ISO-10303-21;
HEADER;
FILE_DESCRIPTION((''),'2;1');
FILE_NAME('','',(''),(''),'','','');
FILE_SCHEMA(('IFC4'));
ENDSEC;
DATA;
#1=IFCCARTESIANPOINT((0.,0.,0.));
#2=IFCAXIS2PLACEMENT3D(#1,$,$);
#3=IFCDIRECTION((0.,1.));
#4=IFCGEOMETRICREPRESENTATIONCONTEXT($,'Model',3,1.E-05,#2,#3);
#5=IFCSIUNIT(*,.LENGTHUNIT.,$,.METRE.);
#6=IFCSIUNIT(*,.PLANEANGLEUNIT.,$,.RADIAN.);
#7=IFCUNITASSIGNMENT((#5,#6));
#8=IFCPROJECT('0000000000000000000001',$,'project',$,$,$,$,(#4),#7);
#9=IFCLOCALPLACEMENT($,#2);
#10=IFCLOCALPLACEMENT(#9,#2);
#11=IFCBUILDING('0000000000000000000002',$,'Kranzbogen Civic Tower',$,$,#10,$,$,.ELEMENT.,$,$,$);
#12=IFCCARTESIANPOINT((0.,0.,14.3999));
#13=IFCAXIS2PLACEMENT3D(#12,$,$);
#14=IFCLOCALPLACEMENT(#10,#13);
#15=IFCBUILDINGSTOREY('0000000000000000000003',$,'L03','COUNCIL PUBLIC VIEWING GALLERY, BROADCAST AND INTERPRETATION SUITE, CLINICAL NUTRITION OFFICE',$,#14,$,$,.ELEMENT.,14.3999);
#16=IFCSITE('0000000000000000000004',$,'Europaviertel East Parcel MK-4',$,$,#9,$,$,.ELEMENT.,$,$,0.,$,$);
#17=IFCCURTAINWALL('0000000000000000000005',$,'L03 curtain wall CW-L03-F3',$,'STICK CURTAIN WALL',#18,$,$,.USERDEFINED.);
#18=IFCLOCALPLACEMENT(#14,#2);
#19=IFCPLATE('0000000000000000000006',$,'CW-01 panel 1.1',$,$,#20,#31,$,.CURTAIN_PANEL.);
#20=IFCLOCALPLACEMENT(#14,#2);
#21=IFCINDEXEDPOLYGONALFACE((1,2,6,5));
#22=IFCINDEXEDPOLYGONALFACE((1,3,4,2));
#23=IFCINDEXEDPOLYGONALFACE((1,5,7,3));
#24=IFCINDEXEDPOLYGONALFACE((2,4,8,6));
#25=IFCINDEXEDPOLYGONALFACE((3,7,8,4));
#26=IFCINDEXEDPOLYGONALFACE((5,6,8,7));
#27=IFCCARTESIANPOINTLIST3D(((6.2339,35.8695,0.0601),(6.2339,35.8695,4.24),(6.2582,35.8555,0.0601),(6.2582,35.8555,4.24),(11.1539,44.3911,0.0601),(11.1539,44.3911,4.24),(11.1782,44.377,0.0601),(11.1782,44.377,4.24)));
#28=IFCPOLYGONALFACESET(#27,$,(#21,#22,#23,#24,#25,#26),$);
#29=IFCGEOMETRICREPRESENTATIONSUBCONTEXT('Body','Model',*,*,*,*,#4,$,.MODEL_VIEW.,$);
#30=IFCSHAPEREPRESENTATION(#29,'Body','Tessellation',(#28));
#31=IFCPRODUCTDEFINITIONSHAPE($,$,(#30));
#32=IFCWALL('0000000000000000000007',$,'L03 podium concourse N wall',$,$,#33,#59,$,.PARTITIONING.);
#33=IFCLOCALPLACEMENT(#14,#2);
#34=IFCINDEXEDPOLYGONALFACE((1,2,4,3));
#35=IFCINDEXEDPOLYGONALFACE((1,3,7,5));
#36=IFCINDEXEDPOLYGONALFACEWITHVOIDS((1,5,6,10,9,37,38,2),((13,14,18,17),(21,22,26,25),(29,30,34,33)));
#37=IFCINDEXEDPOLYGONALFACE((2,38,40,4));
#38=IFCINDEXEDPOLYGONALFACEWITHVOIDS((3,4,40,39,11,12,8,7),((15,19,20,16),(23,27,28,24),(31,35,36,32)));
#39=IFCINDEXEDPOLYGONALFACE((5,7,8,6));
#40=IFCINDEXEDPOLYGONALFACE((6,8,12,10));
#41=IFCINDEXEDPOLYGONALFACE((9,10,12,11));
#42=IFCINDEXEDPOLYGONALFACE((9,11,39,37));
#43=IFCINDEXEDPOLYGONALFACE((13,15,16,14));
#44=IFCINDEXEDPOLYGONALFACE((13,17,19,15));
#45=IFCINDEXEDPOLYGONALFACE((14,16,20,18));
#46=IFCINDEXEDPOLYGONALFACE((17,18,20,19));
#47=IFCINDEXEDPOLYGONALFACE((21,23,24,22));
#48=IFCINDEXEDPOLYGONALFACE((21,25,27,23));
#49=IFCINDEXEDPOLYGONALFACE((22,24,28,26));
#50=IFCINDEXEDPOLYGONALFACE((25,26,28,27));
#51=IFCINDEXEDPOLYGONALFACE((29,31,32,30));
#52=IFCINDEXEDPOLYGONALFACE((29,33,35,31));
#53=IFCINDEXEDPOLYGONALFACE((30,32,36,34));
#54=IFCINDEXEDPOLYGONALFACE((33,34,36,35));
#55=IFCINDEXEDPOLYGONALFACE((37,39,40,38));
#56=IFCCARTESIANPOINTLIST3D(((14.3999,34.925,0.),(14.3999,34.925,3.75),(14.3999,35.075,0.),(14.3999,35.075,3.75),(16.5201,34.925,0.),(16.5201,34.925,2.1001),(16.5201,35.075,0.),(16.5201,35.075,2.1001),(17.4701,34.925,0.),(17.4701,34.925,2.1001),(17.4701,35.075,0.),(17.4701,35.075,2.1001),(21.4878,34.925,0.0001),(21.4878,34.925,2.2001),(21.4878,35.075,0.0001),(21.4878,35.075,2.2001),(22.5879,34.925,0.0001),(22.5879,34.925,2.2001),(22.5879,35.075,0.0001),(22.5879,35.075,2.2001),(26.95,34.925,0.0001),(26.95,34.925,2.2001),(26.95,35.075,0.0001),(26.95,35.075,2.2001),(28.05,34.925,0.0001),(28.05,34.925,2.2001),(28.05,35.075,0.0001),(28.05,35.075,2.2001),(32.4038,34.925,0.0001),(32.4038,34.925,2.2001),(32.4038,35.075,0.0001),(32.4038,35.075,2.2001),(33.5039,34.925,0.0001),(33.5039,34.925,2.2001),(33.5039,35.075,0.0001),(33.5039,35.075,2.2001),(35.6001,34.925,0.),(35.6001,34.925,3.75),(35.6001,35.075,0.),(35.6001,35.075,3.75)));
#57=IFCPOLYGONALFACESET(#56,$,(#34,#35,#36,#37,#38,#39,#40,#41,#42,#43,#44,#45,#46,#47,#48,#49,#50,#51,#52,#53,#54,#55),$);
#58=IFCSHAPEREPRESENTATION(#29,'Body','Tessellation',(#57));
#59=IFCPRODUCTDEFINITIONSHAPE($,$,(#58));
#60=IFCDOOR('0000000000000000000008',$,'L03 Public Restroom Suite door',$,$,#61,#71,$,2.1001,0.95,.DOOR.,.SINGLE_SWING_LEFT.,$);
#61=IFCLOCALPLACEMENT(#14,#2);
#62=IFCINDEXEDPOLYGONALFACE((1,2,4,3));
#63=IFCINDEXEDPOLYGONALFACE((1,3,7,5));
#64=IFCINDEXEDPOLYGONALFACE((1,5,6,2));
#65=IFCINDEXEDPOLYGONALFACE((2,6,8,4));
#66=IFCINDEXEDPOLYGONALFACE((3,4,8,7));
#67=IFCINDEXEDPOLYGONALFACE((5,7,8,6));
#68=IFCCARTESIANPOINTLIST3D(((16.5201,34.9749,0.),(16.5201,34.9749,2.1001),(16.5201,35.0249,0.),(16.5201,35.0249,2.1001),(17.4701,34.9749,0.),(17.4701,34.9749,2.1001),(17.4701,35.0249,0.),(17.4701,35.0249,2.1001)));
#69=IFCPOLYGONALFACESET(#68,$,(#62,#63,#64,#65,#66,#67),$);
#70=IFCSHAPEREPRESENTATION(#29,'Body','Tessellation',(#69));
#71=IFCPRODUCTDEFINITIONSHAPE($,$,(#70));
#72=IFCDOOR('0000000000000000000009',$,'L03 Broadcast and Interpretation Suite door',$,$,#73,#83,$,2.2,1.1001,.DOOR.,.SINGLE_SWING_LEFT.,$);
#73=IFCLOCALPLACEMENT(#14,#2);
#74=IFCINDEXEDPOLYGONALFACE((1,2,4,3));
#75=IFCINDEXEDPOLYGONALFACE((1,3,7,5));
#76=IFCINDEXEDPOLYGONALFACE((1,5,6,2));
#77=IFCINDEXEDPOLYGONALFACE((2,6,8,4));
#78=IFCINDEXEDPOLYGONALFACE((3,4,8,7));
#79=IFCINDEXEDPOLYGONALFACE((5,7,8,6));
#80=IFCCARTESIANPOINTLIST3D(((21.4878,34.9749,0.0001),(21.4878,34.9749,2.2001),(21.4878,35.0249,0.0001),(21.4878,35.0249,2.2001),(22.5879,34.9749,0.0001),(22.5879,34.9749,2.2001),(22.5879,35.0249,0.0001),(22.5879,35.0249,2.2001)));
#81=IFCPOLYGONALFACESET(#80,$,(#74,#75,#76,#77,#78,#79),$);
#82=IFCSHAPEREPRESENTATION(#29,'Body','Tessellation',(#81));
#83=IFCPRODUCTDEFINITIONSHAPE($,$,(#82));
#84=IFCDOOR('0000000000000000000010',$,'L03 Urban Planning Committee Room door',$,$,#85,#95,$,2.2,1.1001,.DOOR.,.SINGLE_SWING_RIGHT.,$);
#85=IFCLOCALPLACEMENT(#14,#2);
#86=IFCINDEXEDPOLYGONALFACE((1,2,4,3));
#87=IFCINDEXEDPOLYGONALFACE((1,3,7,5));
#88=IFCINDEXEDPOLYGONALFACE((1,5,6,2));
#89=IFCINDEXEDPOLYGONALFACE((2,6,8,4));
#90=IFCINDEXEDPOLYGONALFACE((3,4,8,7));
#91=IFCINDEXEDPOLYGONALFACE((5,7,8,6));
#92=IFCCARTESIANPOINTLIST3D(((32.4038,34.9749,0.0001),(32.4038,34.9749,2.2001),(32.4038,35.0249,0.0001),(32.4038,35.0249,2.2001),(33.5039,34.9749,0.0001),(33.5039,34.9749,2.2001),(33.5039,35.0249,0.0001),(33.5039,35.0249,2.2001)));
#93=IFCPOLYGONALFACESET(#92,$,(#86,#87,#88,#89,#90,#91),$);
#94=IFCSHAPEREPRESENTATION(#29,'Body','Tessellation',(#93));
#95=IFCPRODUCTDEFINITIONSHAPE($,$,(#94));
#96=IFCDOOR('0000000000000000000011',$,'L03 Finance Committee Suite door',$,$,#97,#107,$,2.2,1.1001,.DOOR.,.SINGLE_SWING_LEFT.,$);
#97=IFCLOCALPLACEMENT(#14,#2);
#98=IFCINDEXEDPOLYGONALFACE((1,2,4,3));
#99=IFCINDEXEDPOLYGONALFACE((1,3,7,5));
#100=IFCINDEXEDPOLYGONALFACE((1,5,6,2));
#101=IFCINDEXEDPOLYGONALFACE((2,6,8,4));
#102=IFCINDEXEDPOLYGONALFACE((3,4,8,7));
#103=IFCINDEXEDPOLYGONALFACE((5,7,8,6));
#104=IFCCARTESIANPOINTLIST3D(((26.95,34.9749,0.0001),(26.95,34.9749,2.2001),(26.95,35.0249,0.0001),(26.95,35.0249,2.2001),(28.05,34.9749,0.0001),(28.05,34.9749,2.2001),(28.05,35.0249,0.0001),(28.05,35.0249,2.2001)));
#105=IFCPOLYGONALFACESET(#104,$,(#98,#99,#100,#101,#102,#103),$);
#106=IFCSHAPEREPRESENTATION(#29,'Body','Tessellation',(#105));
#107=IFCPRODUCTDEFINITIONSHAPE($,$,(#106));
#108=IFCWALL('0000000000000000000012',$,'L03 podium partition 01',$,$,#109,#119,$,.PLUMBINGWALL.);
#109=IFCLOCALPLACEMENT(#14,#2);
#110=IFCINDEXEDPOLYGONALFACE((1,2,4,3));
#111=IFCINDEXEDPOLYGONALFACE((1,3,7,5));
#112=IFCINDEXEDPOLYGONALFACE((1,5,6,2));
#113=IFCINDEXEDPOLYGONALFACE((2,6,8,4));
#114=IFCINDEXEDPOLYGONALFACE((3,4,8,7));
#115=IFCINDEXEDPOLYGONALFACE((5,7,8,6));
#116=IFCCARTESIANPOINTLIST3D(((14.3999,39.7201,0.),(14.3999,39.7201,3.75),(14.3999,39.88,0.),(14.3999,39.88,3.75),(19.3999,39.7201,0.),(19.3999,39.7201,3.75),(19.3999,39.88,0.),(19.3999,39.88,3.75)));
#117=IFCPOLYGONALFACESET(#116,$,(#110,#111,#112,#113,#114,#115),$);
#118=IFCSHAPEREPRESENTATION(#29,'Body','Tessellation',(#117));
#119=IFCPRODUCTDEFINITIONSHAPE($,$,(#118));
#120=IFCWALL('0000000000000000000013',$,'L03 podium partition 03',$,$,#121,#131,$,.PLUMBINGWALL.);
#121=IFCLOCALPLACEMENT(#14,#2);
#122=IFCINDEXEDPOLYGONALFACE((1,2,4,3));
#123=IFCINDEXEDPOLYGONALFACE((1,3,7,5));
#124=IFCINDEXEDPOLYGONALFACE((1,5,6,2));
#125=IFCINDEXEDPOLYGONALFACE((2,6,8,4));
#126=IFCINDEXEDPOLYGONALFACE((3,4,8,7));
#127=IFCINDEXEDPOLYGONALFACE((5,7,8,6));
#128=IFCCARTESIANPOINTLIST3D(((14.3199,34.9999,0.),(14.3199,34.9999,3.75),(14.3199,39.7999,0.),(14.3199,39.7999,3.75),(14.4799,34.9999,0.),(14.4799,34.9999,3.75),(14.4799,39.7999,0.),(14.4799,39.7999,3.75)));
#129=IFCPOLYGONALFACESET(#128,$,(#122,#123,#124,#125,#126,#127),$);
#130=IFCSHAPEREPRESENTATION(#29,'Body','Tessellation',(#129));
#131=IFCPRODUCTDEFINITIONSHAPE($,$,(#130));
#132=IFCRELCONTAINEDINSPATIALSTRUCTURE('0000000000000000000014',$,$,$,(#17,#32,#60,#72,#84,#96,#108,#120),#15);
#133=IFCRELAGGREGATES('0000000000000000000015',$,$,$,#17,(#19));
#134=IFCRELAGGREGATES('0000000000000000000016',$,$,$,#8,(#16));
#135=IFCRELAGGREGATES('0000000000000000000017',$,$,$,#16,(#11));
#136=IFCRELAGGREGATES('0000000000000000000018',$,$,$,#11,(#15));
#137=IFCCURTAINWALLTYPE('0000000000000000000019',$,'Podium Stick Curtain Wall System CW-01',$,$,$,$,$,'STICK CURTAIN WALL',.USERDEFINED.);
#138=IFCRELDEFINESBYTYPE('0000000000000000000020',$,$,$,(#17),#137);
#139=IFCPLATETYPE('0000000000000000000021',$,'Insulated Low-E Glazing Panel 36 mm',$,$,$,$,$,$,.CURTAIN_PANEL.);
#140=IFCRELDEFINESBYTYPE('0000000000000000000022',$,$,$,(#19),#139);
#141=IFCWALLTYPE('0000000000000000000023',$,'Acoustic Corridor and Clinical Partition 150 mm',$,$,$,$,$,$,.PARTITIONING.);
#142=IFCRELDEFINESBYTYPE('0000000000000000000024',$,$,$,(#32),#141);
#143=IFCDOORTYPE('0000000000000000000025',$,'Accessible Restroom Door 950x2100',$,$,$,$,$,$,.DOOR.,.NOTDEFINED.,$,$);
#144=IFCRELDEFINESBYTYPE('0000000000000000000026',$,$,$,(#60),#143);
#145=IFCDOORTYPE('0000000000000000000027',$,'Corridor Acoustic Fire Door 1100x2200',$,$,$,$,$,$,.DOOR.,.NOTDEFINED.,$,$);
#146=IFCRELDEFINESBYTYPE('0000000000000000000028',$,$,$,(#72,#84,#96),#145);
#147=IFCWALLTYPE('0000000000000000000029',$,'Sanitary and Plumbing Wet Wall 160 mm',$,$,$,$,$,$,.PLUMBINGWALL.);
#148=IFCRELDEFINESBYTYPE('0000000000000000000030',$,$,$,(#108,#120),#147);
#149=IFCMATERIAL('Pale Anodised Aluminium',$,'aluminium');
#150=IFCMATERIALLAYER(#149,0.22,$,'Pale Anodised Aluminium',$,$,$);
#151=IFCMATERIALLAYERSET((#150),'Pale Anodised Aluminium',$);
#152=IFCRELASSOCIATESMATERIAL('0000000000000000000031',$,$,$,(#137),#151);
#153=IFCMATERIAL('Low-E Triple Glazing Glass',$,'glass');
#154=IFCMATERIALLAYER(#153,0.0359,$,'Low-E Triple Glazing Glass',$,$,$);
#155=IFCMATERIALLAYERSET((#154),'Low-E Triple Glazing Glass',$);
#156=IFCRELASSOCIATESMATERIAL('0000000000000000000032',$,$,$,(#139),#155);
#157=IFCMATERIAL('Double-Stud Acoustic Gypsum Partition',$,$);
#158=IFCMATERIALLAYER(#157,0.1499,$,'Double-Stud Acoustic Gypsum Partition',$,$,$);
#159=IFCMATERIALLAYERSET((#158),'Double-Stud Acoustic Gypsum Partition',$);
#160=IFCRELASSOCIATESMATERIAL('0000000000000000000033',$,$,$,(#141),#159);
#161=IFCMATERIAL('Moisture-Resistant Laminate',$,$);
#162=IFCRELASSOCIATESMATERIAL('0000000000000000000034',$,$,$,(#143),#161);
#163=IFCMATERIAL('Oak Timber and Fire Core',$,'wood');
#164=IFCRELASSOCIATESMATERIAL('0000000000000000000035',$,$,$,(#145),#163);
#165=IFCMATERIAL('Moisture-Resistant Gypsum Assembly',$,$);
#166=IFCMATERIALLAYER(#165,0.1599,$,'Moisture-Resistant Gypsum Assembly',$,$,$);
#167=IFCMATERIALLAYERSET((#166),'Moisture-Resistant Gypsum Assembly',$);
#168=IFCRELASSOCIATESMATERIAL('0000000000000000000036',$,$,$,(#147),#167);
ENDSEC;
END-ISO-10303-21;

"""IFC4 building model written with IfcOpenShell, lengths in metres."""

from ifc_helpers import new_model, si_unit, direction, frame, frame_2d, origin, origin_2d, place, context, subcontext, project, spatial, rectangle, extrude, material, layer, layer_set, type_object, element, fill, aggregate, save


model = new_model("IFC4")

# Units and contexts
model_context = context("Model", 3, precision=1e-05, world=origin(), true_north=direction((0.0, 1.0)))
body_context = subcontext(model_context, "Body", "Model", "MODEL_VIEW")
ifc_project = project(units=[si_unit("LENGTHUNIT", "METRE"), si_unit("PLANEANGLEUNIT", "RADIAN")], contexts=[model_context])

# Site, building, storey
site_placement = place(None, origin())
site = spatial("IfcSite", under=ifc_project, at=site_placement, Name="Europaviertel East Parcel MK-4", CompositionType="ELEMENT", RefElevation=0.0)
building_placement = place(site_placement, origin())
building = spatial("IfcBuilding", under=site, at=building_placement, Name="Kranzbogen Civic Tower", CompositionType="ELEMENT")
storey_placement = place(building_placement, frame((0.0, 0.0, 14.3999)))
storey = spatial("IfcBuildingStorey", under=building, at=storey_placement, Name="L03", Description="COUNCIL PUBLIC VIEWING GALLERY, BROADCAST AND INTERPRETATION SUITE, CLINICAL NUTRITION OFFICE", CompositionType="ELEMENT", Elevation=14.3999)

# Shared definitions
ifc_material_1 = material(Name="Pale Anodised Aluminium", Category="aluminium")

# Shared definitions
ifc_layer_1 = layer(ifc_material_1, 0.22, Name="Pale Anodised Aluminium")
ifc_layer_set_1 = layer_set([ifc_layer_1], Name="Pale Anodised Aluminium")
curtain_wall_type_1 = type_object("IfcCurtainWallType", Name="Podium Stick Curtain Wall System CW-01", ElementType="STICK CURTAIN WALL", PredefinedType="USERDEFINED", material=ifc_layer_set_1)

# Curtain wall
curtain_wall_1_placement = place(storey_placement, origin())
curtain_wall_1 = element("IfcCurtainWall", 1, at=curtain_wall_1_placement, inside=storey, type_object=curtain_wall_type_1, Name="L03 curtain wall CW-L03-F3", ObjectType="STICK CURTAIN WALL", PredefinedType="USERDEFINED")

# Plate
ifc_material_2 = material(Name="Low-E Triple Glazing Glass", Category="glass")
ifc_layer_2 = layer(ifc_material_2, 0.0359, Name="Low-E Triple Glazing Glass")
ifc_layer_set_2 = layer_set([ifc_layer_2], Name="Low-E Triple Glazing Glass")
plate_type_1 = type_object("IfcPlateType", Name="Insulated Low-E Glazing Panel 36 mm", PredefinedType="CURTAIN_PANEL", material=ifc_layer_set_2)
plate_1_placement = place(storey_placement, frame((8.7061, 40.1233, 0.0601), z_axis=(0.0, 0.0, 1.0), x_axis=(-0.500006, -0.866022, 0.0)))
plate_1 = element("IfcPlate", 2, at=plate_1_placement, type_object=plate_type_1, Name="CW-01 panel 1.1", PredefinedType="CURTAIN_PANEL", context=body_context, shape_type="SweptSolid", body=[
    extrude(rectangle(XDim=9.8398, YDim=0.0281, at=origin_2d()), origin(), (0.0, 0.0, 1.0), 4.1799),
])
aggregate(curtain_wall_1, [plate_1])

# Wall, openings, doors
ifc_material_3 = material(Name="Double-Stud Acoustic Gypsum Partition")
ifc_layer_3 = layer(ifc_material_3, 0.1499, Name="Double-Stud Acoustic Gypsum Partition")
ifc_layer_set_3 = layer_set([ifc_layer_3], Name="Double-Stud Acoustic Gypsum Partition")
wall_type_1 = type_object("IfcWallType", Name="Acoustic Corridor and Clinical Partition 150 mm", PredefinedType="PARTITIONING", material=ifc_layer_set_3)
wall_1_placement = place(storey_placement, frame((14.3999, 35.0, 0.0), z_axis=(0.0, 0.0, 1.0), x_axis=(1.0, 0.0, 0.0)))
wall_1 = element("IfcWall", 3, at=wall_1_placement, inside=storey, type_object=wall_type_1, Name="L03 podium concourse N wall", PredefinedType="PARTITIONING", context=body_context, shape_type="SweptSolid", body=[
    extrude(rectangle(XDim=21.2002, YDim=0.1499, at=frame_2d((10.6001, 0.0))), origin(), (0.0, 0.0, 1.0), 3.75),
])
opening_1_placement = place(wall_1_placement, frame((2.1201, 0.0, 0.0)))
opening_1 = element("IfcOpeningElement", 4, at=opening_1_placement, cuts=wall_1, PredefinedType="OPENING", context=body_context, shape_type="SweptSolid", body=[
    extrude(rectangle(XDim=0.95, YDim=2.1001, at=frame_2d((0.4751, 1.05))), frame((0.0, 0.085, 0.0), z_axis=(0.0, -1.0, 0.0), x_axis=(1.0, 0.0, 0.0)), (0.0, 0.0, 1.0), 0.1699),
])
opening_2_placement = place(wall_1_placement, frame((7.0879, 0.0, 0.0)))
opening_2 = element("IfcOpeningElement", 5, at=opening_2_placement, cuts=wall_1, PredefinedType="OPENING", context=body_context, shape_type="SweptSolid", body=[
    extrude(rectangle(XDim=1.1001, YDim=2.2, at=frame_2d((0.55, 1.1001))), frame((0.0, 0.085, 0.0), z_axis=(0.0, -1.0, 0.0), x_axis=(1.0, 0.0, 0.0)), (0.0, 0.0, 1.0), 0.1699),
])
opening_3_placement = place(wall_1_placement, frame((18.0039, 0.0, 0.0)))
opening_3 = element("IfcOpeningElement", 6, at=opening_3_placement, cuts=wall_1, PredefinedType="OPENING", context=body_context, shape_type="SweptSolid", body=[
    extrude(rectangle(XDim=1.1001, YDim=2.2, at=frame_2d((0.55, 1.1001))), frame((0.0, 0.085, 0.0), z_axis=(0.0, -1.0, 0.0), x_axis=(1.0, 0.0, 0.0)), (0.0, 0.0, 1.0), 0.1699),
])
opening_4_placement = place(wall_1_placement, frame((12.55, 0.0, 0.0)))
opening_4 = element("IfcOpeningElement", 7, at=opening_4_placement, cuts=wall_1, PredefinedType="OPENING", context=body_context, shape_type="SweptSolid", body=[
    extrude(rectangle(XDim=1.1001, YDim=2.2, at=frame_2d((0.55, 1.1001))), frame((0.0, 0.085, 0.0), z_axis=(0.0, -1.0, 0.0), x_axis=(1.0, 0.0, 0.0)), (0.0, 0.0, 1.0), 0.1699),
])
ifc_material_4 = material(Name="Moisture-Resistant Laminate")
door_type_1 = type_object("IfcDoorType", Name="Accessible Restroom Door 950x2100", OperationType="NOTDEFINED", PredefinedType="DOOR", material=ifc_material_4)
door_1_placement = place(opening_1_placement, origin())
door_1 = element("IfcDoor", 8, at=door_1_placement, inside=storey, type_object=door_type_1, Name="L03 Public Restroom Suite door", OperationType="SINGLE_SWING_LEFT", OverallHeight=2.1001, OverallWidth=0.95, PredefinedType="DOOR", context=body_context, shape_type="SweptSolid", body=[
    extrude(rectangle(XDim=0.95, YDim=2.1001, at=frame_2d((0.4751, 1.05))), frame((0.0, 0.0249, 0.0), z_axis=(0.0, -1.0, 0.0), x_axis=(1.0, 0.0, 0.0)), (0.0, 0.0, 1.0), 0.05),
])
fill(opening_1, door_1)
ifc_material_5 = material(Name="Oak Timber and Fire Core", Category="wood")
door_type_2 = type_object("IfcDoorType", Name="Corridor Acoustic Fire Door 1100x2200", OperationType="NOTDEFINED", PredefinedType="DOOR", material=ifc_material_5)
door_2_placement = place(opening_2_placement, origin())
door_2 = element("IfcDoor", 9, at=door_2_placement, inside=storey, type_object=door_type_2, Name="L03 Broadcast and Interpretation Suite door", OperationType="SINGLE_SWING_LEFT", OverallHeight=2.2, OverallWidth=1.1001, PredefinedType="DOOR", context=body_context, shape_type="SweptSolid", body=[
    extrude(rectangle(XDim=1.1001, YDim=2.2, at=frame_2d((0.55, 1.1001))), frame((0.0, 0.0249, 0.0), z_axis=(0.0, -1.0, 0.0), x_axis=(1.0, 0.0, 0.0)), (0.0, 0.0, 1.0), 0.05),
])
fill(opening_2, door_2)
door_3_placement = place(opening_3_placement, origin())
door_3 = element("IfcDoor", 10, at=door_3_placement, inside=storey, type_object=door_type_2, Name="L03 Urban Planning Committee Room door", OperationType="SINGLE_SWING_RIGHT", OverallHeight=2.2, OverallWidth=1.1001, PredefinedType="DOOR", context=body_context, shape_type="SweptSolid", body=[
    extrude(rectangle(XDim=1.1001, YDim=2.2, at=frame_2d((0.55, 1.1001))), frame((0.0, 0.0249, 0.0), z_axis=(0.0, -1.0, 0.0), x_axis=(1.0, 0.0, 0.0)), (0.0, 0.0, 1.0), 0.05),
])
fill(opening_3, door_3)
door_4_placement = place(opening_4_placement, origin())
door_4 = element("IfcDoor", 11, at=door_4_placement, inside=storey, type_object=door_type_2, Name="L03 Finance Committee Suite door", OperationType="SINGLE_SWING_LEFT", OverallHeight=2.2, OverallWidth=1.1001, PredefinedType="DOOR", context=body_context, shape_type="SweptSolid", body=[
    extrude(rectangle(XDim=1.1001, YDim=2.2, at=frame_2d((0.55, 1.1001))), frame((0.0, 0.0249, 0.0), z_axis=(0.0, -1.0, 0.0), x_axis=(1.0, 0.0, 0.0)), (0.0, 0.0, 1.0), 0.05),
])
fill(opening_4, door_4)

# Walls
ifc_material_6 = material(Name="Moisture-Resistant Gypsum Assembly")
ifc_layer_4 = layer(ifc_material_6, 0.1599, Name="Moisture-Resistant Gypsum Assembly")
ifc_layer_set_4 = layer_set([ifc_layer_4], Name="Moisture-Resistant Gypsum Assembly")
wall_type_2 = type_object("IfcWallType", Name="Sanitary and Plumbing Wet Wall 160 mm", PredefinedType="PLUMBINGWALL", material=ifc_layer_set_4)
wall_2_placement = place(storey_placement, frame((14.3999, 39.8, 0.0), z_axis=(0.0, 0.0, 1.0), x_axis=(1.0, 0.0, 0.0)))
element("IfcWall", 12, at=wall_2_placement, inside=storey, type_object=wall_type_2, Name="L03 podium partition 01", PredefinedType="PLUMBINGWALL", context=body_context, shape_type="SweptSolid", body=[
    extrude(rectangle(XDim=5.0, YDim=0.1599, at=frame_2d((2.5, 0.0))), origin(), (0.0, 0.0, 1.0), 3.75),
])
wall_3_placement = place(storey_placement, frame((14.3999, 35.0, 0.0), z_axis=(0.0, 0.0, 1.0), x_axis=(0.0, 1.0, 0.0)))
element("IfcWall", 13, at=wall_3_placement, inside=storey, type_object=wall_type_2, Name="L03 podium partition 03", PredefinedType="PLUMBINGWALL", context=body_context, shape_type="SweptSolid", body=[
    extrude(rectangle(XDim=4.8, YDim=0.1599, at=frame_2d((2.3999, 0.0))), origin(), (0.0, 0.0, 1.0), 3.75),
])

save(model, "model.ifc")
